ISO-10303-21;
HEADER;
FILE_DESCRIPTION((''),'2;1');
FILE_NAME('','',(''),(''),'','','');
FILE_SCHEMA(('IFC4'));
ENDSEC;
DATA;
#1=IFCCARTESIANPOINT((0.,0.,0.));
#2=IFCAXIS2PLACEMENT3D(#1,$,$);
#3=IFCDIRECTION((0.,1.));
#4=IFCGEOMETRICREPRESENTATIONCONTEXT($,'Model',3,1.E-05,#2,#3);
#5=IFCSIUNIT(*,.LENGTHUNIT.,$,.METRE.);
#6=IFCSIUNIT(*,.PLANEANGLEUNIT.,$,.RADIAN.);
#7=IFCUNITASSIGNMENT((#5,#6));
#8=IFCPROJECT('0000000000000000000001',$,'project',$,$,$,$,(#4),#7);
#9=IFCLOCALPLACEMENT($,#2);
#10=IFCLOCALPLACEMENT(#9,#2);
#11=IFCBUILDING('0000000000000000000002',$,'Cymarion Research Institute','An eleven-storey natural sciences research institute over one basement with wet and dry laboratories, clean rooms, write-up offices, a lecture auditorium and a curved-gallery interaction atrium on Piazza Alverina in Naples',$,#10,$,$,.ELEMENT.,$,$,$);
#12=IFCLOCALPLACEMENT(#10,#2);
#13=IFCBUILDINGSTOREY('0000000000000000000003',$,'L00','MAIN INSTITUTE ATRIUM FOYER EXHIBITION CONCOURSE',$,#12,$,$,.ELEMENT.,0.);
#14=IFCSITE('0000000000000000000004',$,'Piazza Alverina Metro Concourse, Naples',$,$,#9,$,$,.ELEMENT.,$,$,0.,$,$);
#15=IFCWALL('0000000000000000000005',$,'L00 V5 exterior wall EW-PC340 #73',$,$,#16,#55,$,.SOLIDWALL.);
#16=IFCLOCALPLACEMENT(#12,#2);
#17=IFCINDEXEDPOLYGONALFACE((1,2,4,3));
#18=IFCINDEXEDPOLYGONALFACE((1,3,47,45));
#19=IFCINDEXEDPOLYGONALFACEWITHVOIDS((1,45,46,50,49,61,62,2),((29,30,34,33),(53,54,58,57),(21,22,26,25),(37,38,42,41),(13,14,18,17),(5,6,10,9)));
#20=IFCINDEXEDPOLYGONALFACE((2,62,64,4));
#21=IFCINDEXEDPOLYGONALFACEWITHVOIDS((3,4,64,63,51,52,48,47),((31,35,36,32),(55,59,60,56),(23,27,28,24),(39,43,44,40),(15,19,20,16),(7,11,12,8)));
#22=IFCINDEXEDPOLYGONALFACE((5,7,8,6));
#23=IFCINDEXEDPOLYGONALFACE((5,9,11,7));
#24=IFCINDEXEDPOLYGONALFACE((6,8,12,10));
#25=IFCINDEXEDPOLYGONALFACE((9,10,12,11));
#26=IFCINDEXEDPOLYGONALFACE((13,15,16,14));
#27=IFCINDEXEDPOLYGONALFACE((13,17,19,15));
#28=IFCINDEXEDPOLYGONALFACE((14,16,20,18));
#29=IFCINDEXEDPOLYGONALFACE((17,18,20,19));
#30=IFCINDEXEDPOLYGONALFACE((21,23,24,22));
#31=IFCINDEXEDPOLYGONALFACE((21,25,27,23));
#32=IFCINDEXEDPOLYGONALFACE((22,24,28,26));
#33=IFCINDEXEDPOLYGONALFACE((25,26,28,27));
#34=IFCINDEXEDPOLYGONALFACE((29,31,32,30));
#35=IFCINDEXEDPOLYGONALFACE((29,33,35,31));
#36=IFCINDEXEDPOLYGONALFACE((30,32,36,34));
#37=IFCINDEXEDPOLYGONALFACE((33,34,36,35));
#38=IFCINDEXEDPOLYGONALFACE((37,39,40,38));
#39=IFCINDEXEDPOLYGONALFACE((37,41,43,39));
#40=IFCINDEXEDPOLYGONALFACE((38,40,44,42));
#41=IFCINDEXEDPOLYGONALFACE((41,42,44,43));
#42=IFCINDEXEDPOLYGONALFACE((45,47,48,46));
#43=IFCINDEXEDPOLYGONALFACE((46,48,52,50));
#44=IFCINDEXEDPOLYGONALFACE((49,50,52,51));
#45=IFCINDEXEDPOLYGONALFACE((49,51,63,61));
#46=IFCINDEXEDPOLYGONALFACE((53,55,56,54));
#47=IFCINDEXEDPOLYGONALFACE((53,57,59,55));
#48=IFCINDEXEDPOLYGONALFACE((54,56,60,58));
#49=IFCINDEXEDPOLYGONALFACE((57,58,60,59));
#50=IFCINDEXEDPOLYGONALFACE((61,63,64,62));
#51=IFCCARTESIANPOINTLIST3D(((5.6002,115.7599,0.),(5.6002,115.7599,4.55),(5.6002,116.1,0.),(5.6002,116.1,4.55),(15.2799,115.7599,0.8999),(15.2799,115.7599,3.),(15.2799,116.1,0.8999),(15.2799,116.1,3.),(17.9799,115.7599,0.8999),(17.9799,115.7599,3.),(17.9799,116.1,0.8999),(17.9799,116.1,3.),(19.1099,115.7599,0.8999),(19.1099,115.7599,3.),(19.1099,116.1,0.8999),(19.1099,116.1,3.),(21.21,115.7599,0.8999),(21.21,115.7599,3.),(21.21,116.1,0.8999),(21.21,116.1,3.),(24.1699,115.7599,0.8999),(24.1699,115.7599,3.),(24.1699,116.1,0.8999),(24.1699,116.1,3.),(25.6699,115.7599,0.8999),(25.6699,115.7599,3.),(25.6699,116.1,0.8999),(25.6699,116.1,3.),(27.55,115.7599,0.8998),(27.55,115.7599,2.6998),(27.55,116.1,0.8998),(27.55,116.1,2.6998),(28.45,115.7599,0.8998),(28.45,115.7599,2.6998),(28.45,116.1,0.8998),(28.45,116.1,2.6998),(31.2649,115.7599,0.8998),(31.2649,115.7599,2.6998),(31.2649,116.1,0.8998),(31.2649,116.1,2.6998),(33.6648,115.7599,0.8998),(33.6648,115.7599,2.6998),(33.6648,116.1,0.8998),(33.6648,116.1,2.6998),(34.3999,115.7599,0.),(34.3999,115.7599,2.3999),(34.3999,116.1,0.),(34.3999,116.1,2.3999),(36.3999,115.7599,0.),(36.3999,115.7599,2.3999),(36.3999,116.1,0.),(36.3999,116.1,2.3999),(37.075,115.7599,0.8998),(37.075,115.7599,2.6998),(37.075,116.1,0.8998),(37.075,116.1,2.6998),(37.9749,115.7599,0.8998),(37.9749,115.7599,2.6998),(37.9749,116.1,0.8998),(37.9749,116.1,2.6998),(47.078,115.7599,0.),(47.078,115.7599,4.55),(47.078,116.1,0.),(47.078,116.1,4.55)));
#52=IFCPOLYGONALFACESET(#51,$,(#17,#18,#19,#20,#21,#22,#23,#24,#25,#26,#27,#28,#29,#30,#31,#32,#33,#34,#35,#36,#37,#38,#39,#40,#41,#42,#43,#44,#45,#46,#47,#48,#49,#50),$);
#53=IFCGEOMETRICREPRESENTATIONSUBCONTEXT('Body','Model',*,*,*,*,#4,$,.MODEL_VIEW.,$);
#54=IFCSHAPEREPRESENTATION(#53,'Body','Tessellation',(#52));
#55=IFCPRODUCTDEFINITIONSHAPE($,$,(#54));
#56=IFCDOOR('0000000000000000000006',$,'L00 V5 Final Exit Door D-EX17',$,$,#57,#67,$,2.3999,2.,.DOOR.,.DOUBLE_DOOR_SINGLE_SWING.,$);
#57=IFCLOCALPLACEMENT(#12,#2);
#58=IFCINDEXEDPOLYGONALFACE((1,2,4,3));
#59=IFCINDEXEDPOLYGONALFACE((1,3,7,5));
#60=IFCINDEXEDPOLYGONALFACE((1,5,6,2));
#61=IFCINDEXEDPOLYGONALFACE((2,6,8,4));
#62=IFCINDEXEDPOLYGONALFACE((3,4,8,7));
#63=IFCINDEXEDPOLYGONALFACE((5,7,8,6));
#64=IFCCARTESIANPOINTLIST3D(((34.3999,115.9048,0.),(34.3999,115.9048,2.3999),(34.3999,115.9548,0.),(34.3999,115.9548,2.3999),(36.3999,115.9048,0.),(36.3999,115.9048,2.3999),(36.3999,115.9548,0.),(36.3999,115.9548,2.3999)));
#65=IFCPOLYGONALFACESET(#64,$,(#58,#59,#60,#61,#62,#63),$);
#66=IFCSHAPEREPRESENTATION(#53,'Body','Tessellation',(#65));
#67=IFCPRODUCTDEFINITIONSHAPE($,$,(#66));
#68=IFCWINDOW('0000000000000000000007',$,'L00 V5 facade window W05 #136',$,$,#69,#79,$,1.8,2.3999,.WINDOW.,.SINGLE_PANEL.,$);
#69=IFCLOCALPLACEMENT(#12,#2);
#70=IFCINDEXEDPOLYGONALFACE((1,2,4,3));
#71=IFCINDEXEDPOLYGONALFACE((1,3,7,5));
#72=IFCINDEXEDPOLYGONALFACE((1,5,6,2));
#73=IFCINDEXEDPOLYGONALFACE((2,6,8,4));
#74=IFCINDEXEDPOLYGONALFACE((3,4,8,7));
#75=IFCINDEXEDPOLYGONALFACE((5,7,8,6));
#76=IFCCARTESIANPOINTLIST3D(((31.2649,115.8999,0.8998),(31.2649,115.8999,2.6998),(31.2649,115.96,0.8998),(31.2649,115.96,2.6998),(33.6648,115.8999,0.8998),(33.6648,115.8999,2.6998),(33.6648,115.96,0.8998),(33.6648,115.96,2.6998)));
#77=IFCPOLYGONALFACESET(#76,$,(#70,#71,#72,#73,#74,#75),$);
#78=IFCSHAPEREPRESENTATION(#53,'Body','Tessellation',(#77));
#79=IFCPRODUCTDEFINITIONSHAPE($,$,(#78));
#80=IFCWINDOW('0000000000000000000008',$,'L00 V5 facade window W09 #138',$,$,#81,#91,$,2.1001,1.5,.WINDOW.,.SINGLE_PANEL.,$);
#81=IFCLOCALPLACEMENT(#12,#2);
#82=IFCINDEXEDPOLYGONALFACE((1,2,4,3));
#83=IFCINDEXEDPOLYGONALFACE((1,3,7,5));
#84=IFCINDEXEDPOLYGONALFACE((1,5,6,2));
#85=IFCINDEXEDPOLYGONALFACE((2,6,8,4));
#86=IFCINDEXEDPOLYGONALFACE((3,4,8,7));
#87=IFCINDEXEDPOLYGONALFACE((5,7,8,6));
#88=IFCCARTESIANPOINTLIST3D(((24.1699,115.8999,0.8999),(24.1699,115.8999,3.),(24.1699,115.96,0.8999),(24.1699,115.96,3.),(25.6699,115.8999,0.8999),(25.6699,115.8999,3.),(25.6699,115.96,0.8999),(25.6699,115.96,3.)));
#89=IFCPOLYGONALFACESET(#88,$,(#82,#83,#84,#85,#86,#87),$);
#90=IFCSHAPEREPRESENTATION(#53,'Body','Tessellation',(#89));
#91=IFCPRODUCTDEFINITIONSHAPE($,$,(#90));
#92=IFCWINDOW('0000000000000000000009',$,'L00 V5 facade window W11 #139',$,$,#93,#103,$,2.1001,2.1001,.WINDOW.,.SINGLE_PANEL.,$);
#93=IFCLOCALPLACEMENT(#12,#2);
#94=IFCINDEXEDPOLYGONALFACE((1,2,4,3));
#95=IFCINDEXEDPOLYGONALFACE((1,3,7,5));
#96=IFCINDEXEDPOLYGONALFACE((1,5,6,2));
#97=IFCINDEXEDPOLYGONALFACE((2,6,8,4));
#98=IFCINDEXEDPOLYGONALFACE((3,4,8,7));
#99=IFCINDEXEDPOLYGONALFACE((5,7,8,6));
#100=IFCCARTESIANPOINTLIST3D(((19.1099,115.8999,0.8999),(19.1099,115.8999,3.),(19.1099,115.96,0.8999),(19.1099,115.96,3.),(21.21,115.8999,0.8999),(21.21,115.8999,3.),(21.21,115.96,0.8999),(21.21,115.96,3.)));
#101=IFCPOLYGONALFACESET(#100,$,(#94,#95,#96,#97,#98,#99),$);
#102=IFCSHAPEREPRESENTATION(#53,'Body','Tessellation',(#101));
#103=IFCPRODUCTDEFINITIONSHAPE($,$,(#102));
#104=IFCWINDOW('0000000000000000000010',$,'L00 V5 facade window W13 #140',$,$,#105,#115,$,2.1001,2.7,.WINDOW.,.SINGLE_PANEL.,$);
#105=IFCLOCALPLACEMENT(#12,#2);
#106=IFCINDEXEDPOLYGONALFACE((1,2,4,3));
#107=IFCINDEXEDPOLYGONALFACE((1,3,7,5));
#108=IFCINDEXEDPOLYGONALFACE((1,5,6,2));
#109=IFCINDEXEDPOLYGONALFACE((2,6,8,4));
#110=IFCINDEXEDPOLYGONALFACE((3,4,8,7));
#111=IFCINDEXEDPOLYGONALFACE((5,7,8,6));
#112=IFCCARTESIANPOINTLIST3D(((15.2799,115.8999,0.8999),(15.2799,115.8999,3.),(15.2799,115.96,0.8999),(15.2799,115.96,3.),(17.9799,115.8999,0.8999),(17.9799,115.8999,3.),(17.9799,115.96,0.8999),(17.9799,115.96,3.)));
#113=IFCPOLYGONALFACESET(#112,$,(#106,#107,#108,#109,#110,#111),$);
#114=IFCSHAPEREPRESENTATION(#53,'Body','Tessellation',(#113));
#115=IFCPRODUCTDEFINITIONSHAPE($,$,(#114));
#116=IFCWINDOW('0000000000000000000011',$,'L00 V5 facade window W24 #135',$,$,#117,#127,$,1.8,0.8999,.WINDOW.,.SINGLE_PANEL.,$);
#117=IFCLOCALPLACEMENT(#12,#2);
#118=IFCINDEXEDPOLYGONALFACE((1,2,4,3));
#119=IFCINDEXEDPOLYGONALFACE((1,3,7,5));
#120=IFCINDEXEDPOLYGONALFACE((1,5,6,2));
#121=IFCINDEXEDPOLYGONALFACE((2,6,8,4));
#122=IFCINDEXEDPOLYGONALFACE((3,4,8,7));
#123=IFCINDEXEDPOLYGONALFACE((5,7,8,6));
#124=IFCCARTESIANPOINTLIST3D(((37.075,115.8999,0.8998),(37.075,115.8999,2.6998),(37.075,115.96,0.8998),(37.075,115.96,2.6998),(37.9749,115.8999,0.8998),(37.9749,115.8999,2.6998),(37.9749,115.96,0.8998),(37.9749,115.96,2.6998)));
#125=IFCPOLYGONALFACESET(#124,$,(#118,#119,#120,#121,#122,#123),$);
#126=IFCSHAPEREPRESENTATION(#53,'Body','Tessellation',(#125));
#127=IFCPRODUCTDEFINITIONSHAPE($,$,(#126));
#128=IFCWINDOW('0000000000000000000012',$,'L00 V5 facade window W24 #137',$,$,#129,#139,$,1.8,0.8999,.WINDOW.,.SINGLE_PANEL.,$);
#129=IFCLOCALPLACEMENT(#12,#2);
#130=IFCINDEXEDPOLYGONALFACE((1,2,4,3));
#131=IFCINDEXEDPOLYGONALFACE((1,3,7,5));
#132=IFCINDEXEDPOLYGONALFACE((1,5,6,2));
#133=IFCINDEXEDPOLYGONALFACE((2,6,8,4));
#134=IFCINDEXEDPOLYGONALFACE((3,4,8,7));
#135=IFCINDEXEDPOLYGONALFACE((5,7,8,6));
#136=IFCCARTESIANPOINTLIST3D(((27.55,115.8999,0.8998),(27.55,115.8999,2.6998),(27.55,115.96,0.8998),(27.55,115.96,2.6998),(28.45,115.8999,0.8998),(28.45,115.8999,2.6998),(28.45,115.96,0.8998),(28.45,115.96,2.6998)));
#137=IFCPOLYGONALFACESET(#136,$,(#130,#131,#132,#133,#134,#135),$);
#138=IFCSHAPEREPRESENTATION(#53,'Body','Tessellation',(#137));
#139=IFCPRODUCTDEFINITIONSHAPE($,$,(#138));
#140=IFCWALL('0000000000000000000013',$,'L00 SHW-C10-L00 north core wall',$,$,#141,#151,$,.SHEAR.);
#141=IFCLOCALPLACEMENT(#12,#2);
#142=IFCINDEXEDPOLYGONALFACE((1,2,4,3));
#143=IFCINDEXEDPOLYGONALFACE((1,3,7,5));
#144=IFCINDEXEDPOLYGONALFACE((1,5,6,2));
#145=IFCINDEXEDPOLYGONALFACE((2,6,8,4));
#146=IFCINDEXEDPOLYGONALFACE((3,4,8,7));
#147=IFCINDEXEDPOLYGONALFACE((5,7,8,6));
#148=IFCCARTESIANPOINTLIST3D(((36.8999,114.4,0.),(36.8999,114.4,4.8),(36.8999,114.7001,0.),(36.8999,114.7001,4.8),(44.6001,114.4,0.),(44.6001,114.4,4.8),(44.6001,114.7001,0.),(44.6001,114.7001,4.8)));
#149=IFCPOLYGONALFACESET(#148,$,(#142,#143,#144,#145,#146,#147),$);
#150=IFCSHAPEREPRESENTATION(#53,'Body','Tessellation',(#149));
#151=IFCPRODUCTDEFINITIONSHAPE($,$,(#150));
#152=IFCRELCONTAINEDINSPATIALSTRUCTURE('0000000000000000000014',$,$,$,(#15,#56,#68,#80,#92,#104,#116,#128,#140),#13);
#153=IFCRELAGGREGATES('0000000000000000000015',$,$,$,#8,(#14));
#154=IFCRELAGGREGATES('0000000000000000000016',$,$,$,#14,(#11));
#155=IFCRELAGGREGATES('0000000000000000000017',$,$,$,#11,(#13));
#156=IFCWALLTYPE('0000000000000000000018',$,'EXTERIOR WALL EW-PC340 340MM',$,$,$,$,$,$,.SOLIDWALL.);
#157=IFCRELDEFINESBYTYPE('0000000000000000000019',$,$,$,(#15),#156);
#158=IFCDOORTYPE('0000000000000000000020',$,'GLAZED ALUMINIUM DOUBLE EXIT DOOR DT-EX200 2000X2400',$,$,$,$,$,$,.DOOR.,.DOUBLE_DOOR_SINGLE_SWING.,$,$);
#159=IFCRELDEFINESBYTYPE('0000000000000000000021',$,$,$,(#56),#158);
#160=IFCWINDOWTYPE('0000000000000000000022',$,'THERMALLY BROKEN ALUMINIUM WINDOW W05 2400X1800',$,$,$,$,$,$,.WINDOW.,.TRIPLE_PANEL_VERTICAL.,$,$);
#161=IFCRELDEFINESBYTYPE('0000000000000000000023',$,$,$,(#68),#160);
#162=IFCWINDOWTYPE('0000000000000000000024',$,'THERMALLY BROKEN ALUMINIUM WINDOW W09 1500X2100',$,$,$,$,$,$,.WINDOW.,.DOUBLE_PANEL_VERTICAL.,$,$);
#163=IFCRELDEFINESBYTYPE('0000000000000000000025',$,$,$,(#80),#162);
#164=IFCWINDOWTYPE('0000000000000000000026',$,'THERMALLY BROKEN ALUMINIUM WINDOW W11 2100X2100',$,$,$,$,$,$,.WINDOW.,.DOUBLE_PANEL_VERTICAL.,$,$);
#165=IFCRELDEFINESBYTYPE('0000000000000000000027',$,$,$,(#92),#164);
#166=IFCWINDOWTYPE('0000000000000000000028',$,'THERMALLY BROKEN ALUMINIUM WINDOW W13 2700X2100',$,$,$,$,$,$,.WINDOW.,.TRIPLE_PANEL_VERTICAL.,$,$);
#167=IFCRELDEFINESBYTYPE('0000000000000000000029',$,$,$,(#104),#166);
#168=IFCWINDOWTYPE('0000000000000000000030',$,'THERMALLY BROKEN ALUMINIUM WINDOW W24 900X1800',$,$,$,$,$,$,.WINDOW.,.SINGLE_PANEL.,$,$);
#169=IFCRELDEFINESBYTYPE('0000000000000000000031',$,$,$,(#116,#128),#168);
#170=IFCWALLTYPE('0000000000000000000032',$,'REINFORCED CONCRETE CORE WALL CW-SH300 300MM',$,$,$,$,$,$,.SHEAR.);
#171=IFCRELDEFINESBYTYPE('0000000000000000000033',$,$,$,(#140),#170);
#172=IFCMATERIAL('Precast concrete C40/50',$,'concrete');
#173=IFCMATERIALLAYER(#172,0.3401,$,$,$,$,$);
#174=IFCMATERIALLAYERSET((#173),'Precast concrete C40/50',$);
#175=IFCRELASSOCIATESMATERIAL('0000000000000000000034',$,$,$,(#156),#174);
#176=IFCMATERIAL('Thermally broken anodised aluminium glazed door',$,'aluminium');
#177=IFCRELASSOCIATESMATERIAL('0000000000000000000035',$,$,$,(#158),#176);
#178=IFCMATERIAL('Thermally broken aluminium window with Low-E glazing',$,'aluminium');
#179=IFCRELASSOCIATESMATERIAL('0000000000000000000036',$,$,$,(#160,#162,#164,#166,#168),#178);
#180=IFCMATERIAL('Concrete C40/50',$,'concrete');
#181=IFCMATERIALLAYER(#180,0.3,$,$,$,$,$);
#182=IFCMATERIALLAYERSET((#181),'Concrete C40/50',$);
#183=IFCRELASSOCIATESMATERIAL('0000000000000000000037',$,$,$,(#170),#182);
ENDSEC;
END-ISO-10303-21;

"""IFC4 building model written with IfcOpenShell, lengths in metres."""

from ifc_helpers import new_model, si_unit, direction, frame, frame_2d, origin, place, context, subcontext, project, spatial, rectangle, extrude, material, layer, layer_set, type_object, element, fill, save


model = new_model("IFC4")

# Units and contexts
model_context = context("Model", 3, precision=1e-05, world=origin(), true_north=direction((0.0, 1.0)))
body_context = subcontext(model_context, "Body", "Model", "MODEL_VIEW")
ifc_project = project(units=[si_unit("LENGTHUNIT", "METRE"), si_unit("PLANEANGLEUNIT", "RADIAN")], contexts=[model_context])

# Site, building, storey
site_placement = place(None, origin())
site = spatial("IfcSite", under=ifc_project, at=site_placement, Name="Piazza Alverina Metro Concourse, Naples", CompositionType="ELEMENT", RefElevation=0.0)
building_placement = place(site_placement, origin())
building = spatial("IfcBuilding", under=site, at=building_placement, Name="Cymarion Research Institute", Description="An eleven-storey natural sciences research institute over one basement with wet and dry laboratories, clean rooms, write-up offices, a lecture auditorium and a curved-gallery interaction atrium on Piazza Alverina in Naples", CompositionType="ELEMENT")
storey_placement = place(building_placement, origin())
storey = spatial("IfcBuildingStorey", under=building, at=storey_placement, Name="L00", Description="MAIN INSTITUTE ATRIUM FOYER EXHIBITION CONCOURSE", CompositionType="ELEMENT", Elevation=0.0)

# Wall, openings, door, windows
ifc_material_1 = material(Name="Precast concrete C40/50", Category="concrete")
ifc_layer_1 = layer(ifc_material_1, 0.3401)
ifc_layer_set_1 = layer_set([ifc_layer_1], Name="Precast concrete C40/50")
wall_type_1 = type_object("IfcWallType", Name="EXTERIOR WALL EW-PC340 340MM", PredefinedType="SOLIDWALL", material=ifc_layer_set_1)
wall_1_placement = place(storey_placement, frame((47.0779, 115.9299, 0.0), z_axis=(0.0, 0.0, 1.0), x_axis=(-1.0, 0.0, 0.0)))
wall_1 = element("IfcWall", 1, at=wall_1_placement, inside=storey, type_object=wall_type_1, Name="L00 V5 exterior wall EW-PC340 #73", PredefinedType="SOLIDWALL", context=body_context, shape_type="SweptSolid", body=[
    extrude(rectangle(XDim=41.4778, YDim=0.3401, at=frame_2d((20.7388, 0.0))), origin(), (0.0, 0.0, 1.0), 4.55),
])
opening_1_placement = place(wall_1_placement, frame((10.678, 0.0, 0.0)))
opening_1 = element("IfcOpeningElement", 2, at=opening_1_placement, cuts=wall_1, PredefinedType="OPENING", context=body_context, shape_type="SweptSolid", body=[
    extrude(rectangle(XDim=2.0, YDim=2.3999, at=frame_2d((1.0, 1.2))), frame((0.0, 0.1799, 0.0), z_axis=(0.0, -1.0, 0.0), x_axis=(1.0, 0.0, 0.0)), (0.0, 0.0, 1.0), 0.3601),
])
opening_2_placement = place(wall_1_placement, frame((9.103, 0.0, 0.8999)))
opening_2 = element("IfcOpeningElement", 3, at=opening_2_placement, cuts=wall_1, PredefinedType="OPENING", context=body_context, shape_type="SweptSolid", body=[
    extrude(rectangle(XDim=0.8999, YDim=1.8, at=frame_2d((0.45, 0.8999))), frame((0.0, 0.1799, 0.0), z_axis=(0.0, -1.0, 0.0), x_axis=(1.0, 0.0, 0.0)), (0.0, 0.0, 1.0), 0.3601),
])
opening_3_placement = place(wall_1_placement, frame((13.4131, 0.0, 0.8999)))
opening_3 = element("IfcOpeningElement", 4, at=opening_3_placement, cuts=wall_1, PredefinedType="OPENING", context=body_context, shape_type="SweptSolid", body=[
    extrude(rectangle(XDim=2.3999, YDim=1.8, at=frame_2d((1.2, 0.8999))), frame((0.0, 0.1799, 0.0), z_axis=(0.0, -1.0, 0.0), x_axis=(1.0, 0.0, 0.0)), (0.0, 0.0, 1.0), 0.3601),
])
opening_4_placement = place(wall_1_placement, frame((18.6279, 0.0, 0.8999)))
opening_4 = element("IfcOpeningElement", 5, at=opening_4_placement, cuts=wall_1, PredefinedType="OPENING", context=body_context, shape_type="SweptSolid", body=[
    extrude(rectangle(XDim=0.8999, YDim=1.8, at=frame_2d((0.45, 0.8999))), frame((0.0, 0.1799, 0.0), z_axis=(0.0, -1.0, 0.0), x_axis=(1.0, 0.0, 0.0)), (0.0, 0.0, 1.0), 0.3601),
])
opening_5_placement = place(wall_1_placement, frame((21.408, 0.0, 0.8999)))
opening_5 = element("IfcOpeningElement", 6, at=opening_5_placement, cuts=wall_1, PredefinedType="OPENING", context=body_context, shape_type="SweptSolid", body=[
    extrude(rectangle(XDim=1.5, YDim=2.1001, at=frame_2d((0.75, 1.05))), frame((0.0, 0.1799, 0.0), z_axis=(0.0, -1.0, 0.0), x_axis=(1.0, 0.0, 0.0)), (0.0, 0.0, 1.0), 0.3601),
])
opening_6_placement = place(wall_1_placement, frame((25.8679, 0.0, 0.8999)))
opening_6 = element("IfcOpeningElement", 7, at=opening_6_placement, cuts=wall_1, PredefinedType="OPENING", context=body_context, shape_type="SweptSolid", body=[
    extrude(rectangle(XDim=2.1001, YDim=2.1001, at=frame_2d((1.05, 1.05))), frame((0.0, 0.1799, 0.0), z_axis=(0.0, -1.0, 0.0), x_axis=(1.0, 0.0, 0.0)), (0.0, 0.0, 1.0), 0.3601),
])
opening_7_placement = place(wall_1_placement, frame((29.0979, 0.0, 0.8999)))
opening_7 = element("IfcOpeningElement", 8, at=opening_7_placement, cuts=wall_1, PredefinedType="OPENING", context=body_context, shape_type="SweptSolid", body=[
    extrude(rectangle(XDim=2.7, YDim=2.1001, at=frame_2d((1.3501, 1.05))), frame((0.0, 0.1799, 0.0), z_axis=(0.0, -1.0, 0.0), x_axis=(1.0, 0.0, 0.0)), (0.0, 0.0, 1.0), 0.3601),
])
ifc_material_2 = material(Name="Thermally broken anodised aluminium glazed door", Category="aluminium")
door_type = type_object("IfcDoorType", Name="GLAZED ALUMINIUM DOUBLE EXIT DOOR DT-EX200 2000X2400", OperationType="DOUBLE_DOOR_SINGLE_SWING", PredefinedType="DOOR", material=ifc_material_2)
door_placement = place(opening_1_placement, frame((2.0, 0.0, 0.0), z_axis=(0.0, 0.0, 1.0), x_axis=(-1.0, 0.0, 0.0)))
door = element("IfcDoor", 9, at=door_placement, inside=storey, type_object=door_type, Name="L00 V5 Final Exit Door D-EX17", OperationType="DOUBLE_DOOR_SINGLE_SWING", OverallHeight=2.3999, OverallWidth=2.0, PredefinedType="DOOR", context=body_context, shape_type="SweptSolid", body=[
    extrude(rectangle(XDim=2.0, YDim=2.3999, at=frame_2d((1.0, 1.2))), frame((0.0, 0.0249, 0.0), z_axis=(0.0, -1.0, 0.0), x_axis=(1.0, 0.0, 0.0)), (0.0, 0.0, 1.0), 0.05),
])
fill(opening_1, door)
ifc_material_3 = material(Name="Thermally broken aluminium window with Low-E glazing", Category="aluminium")
window_type_1 = type_object("IfcWindowType", Name="THERMALLY BROKEN ALUMINIUM WINDOW W05 2400X1800", PartitioningType="TRIPLE_PANEL_VERTICAL", PredefinedType="WINDOW", material=ifc_material_3)
window_1_placement = place(opening_3_placement, origin())
window_1 = element("IfcWindow", 10, at=window_1_placement, inside=storey, type_object=window_type_1, Name="L00 V5 facade window W05 #136", OverallHeight=1.8, OverallWidth=2.3999, PartitioningType="SINGLE_PANEL", PredefinedType="WINDOW", context=body_context, shape_type="SweptSolid", body=[
    extrude(rectangle(XDim=2.3999, YDim=1.8, at=frame_2d((1.2, 0.8999))), frame((0.0, 0.03, 0.0), z_axis=(0.0, -1.0, 0.0), x_axis=(1.0, 0.0, 0.0)), (0.0, 0.0, 1.0), 0.0601),
])
fill(opening_3, window_1)
window_type_2 = type_object("IfcWindowType", Name="THERMALLY BROKEN ALUMINIUM WINDOW W09 1500X2100", PartitioningType="DOUBLE_PANEL_VERTICAL", PredefinedType="WINDOW", material=ifc_material_3)
window_2_placement = place(opening_5_placement, origin())
window_2 = element("IfcWindow", 11, at=window_2_placement, inside=storey, type_object=window_type_2, Name="L00 V5 facade window W09 #138", OverallHeight=2.1001, OverallWidth=1.5, PartitioningType="SINGLE_PANEL", PredefinedType="WINDOW", context=body_context, shape_type="SweptSolid", body=[
    extrude(rectangle(XDim=1.5, YDim=2.1001, at=frame_2d((0.75, 1.05))), frame((0.0, 0.03, 0.0), z_axis=(0.0, -1.0, 0.0), x_axis=(1.0, 0.0, 0.0)), (0.0, 0.0, 1.0), 0.0601),
])
fill(opening_5, window_2)
window_type_3 = type_object("IfcWindowType", Name="THERMALLY BROKEN ALUMINIUM WINDOW W11 2100X2100", PartitioningType="DOUBLE_PANEL_VERTICAL", PredefinedType="WINDOW", material=ifc_material_3)
window_3_placement = place(opening_6_placement, origin())
window_3 = element("IfcWindow", 12, at=window_3_placement, inside=storey, type_object=window_type_3, Name="L00 V5 facade window W11 #139", OverallHeight=2.1001, OverallWidth=2.1001, PartitioningType="SINGLE_PANEL", PredefinedType="WINDOW", context=body_context, shape_type="SweptSolid", body=[
    extrude(rectangle(XDim=2.1001, YDim=2.1001, at=frame_2d((1.05, 1.05))), frame((0.0, 0.03, 0.0), z_axis=(0.0, -1.0, 0.0), x_axis=(1.0, 0.0, 0.0)), (0.0, 0.0, 1.0), 0.0601),
])
fill(opening_6, window_3)
window_type_4 = type_object("IfcWindowType", Name="THERMALLY BROKEN ALUMINIUM WINDOW W13 2700X2100", PartitioningType="TRIPLE_PANEL_VERTICAL", PredefinedType="WINDOW", material=ifc_material_3)
window_4_placement = place(opening_7_placement, origin())
window_4 = element("IfcWindow", 13, at=window_4_placement, inside=storey, type_object=window_type_4, Name="L00 V5 facade window W13 #140", OverallHeight=2.1001, OverallWidth=2.7, PartitioningType="SINGLE_PANEL", PredefinedType="WINDOW", context=body_context, shape_type="SweptSolid", body=[
    extrude(rectangle(XDim=2.7, YDim=2.1001, at=frame_2d((1.3501, 1.05))), frame((0.0, 0.03, 0.0), z_axis=(0.0, -1.0, 0.0), x_axis=(1.0, 0.0, 0.0)), (0.0, 0.0, 1.0), 0.0601),
])
fill(opening_7, window_4)
window_type_5 = type_object("IfcWindowType", Name="THERMALLY BROKEN ALUMINIUM WINDOW W24 900X1800", PartitioningType="SINGLE_PANEL", PredefinedType="WINDOW", material=ifc_material_3)
window_5_placement = place(opening_2_placement, origin())
window_5 = element("IfcWindow", 14, at=window_5_placement, inside=storey, type_object=window_type_5, Name="L00 V5 facade window W24 #135", OverallHeight=1.8, OverallWidth=0.8999, PartitioningType="SINGLE_PANEL", PredefinedType="WINDOW", context=body_context, shape_type="SweptSolid", body=[
    extrude(rectangle(XDim=0.8999, YDim=1.8, at=frame_2d((0.45, 0.8999))), frame((0.0, 0.03, 0.0), z_axis=(0.0, -1.0, 0.0), x_axis=(1.0, 0.0, 0.0)), (0.0, 0.0, 1.0), 0.0601),
])
fill(opening_2, window_5)
window_6_placement = place(opening_4_placement, origin())
window_6 = element("IfcWindow", 15, at=window_6_placement, inside=storey, type_object=window_type_5, Name="L00 V5 facade window W24 #137", OverallHeight=1.8, OverallWidth=0.8999, PartitioningType="SINGLE_PANEL", PredefinedType="WINDOW", context=body_context, shape_type="SweptSolid", body=[
    extrude(rectangle(XDim=0.8999, YDim=1.8, at=frame_2d((0.45, 0.8999))), frame((0.0, 0.03, 0.0), z_axis=(0.0, -1.0, 0.0), x_axis=(1.0, 0.0, 0.0)), (0.0, 0.0, 1.0), 0.0601),
])
fill(opening_4, window_6)

# Wall
ifc_material_4 = material(Name="Concrete C40/50", Category="concrete")
ifc_layer_2 = layer(ifc_material_4, 0.3)
ifc_layer_set_2 = layer_set([ifc_layer_2], Name="Concrete C40/50")
wall_type_2 = type_object("IfcWallType", Name="REINFORCED CONCRETE CORE WALL CW-SH300 300MM", PredefinedType="SHEAR", material=ifc_layer_set_2)
wall_2_placement = place(storey_placement, frame((44.6001, 114.55, 0.0), z_axis=(0.0, 0.0, 1.0), x_axis=(-1.0, 0.0, 0.0)))
element("IfcWall", 16, at=wall_2_placement, inside=storey, type_object=wall_type_2, Name="L00 SHW-C10-L00 north core wall", PredefinedType="SHEAR", context=body_context, shape_type="SweptSolid", body=[
    extrude(rectangle(XDim=7.7002, YDim=0.3, at=frame_2d((3.8501, 0.0))), origin(), (0.0, 0.0, 1.0), 4.8),
])

save(model, "model.ifc")
